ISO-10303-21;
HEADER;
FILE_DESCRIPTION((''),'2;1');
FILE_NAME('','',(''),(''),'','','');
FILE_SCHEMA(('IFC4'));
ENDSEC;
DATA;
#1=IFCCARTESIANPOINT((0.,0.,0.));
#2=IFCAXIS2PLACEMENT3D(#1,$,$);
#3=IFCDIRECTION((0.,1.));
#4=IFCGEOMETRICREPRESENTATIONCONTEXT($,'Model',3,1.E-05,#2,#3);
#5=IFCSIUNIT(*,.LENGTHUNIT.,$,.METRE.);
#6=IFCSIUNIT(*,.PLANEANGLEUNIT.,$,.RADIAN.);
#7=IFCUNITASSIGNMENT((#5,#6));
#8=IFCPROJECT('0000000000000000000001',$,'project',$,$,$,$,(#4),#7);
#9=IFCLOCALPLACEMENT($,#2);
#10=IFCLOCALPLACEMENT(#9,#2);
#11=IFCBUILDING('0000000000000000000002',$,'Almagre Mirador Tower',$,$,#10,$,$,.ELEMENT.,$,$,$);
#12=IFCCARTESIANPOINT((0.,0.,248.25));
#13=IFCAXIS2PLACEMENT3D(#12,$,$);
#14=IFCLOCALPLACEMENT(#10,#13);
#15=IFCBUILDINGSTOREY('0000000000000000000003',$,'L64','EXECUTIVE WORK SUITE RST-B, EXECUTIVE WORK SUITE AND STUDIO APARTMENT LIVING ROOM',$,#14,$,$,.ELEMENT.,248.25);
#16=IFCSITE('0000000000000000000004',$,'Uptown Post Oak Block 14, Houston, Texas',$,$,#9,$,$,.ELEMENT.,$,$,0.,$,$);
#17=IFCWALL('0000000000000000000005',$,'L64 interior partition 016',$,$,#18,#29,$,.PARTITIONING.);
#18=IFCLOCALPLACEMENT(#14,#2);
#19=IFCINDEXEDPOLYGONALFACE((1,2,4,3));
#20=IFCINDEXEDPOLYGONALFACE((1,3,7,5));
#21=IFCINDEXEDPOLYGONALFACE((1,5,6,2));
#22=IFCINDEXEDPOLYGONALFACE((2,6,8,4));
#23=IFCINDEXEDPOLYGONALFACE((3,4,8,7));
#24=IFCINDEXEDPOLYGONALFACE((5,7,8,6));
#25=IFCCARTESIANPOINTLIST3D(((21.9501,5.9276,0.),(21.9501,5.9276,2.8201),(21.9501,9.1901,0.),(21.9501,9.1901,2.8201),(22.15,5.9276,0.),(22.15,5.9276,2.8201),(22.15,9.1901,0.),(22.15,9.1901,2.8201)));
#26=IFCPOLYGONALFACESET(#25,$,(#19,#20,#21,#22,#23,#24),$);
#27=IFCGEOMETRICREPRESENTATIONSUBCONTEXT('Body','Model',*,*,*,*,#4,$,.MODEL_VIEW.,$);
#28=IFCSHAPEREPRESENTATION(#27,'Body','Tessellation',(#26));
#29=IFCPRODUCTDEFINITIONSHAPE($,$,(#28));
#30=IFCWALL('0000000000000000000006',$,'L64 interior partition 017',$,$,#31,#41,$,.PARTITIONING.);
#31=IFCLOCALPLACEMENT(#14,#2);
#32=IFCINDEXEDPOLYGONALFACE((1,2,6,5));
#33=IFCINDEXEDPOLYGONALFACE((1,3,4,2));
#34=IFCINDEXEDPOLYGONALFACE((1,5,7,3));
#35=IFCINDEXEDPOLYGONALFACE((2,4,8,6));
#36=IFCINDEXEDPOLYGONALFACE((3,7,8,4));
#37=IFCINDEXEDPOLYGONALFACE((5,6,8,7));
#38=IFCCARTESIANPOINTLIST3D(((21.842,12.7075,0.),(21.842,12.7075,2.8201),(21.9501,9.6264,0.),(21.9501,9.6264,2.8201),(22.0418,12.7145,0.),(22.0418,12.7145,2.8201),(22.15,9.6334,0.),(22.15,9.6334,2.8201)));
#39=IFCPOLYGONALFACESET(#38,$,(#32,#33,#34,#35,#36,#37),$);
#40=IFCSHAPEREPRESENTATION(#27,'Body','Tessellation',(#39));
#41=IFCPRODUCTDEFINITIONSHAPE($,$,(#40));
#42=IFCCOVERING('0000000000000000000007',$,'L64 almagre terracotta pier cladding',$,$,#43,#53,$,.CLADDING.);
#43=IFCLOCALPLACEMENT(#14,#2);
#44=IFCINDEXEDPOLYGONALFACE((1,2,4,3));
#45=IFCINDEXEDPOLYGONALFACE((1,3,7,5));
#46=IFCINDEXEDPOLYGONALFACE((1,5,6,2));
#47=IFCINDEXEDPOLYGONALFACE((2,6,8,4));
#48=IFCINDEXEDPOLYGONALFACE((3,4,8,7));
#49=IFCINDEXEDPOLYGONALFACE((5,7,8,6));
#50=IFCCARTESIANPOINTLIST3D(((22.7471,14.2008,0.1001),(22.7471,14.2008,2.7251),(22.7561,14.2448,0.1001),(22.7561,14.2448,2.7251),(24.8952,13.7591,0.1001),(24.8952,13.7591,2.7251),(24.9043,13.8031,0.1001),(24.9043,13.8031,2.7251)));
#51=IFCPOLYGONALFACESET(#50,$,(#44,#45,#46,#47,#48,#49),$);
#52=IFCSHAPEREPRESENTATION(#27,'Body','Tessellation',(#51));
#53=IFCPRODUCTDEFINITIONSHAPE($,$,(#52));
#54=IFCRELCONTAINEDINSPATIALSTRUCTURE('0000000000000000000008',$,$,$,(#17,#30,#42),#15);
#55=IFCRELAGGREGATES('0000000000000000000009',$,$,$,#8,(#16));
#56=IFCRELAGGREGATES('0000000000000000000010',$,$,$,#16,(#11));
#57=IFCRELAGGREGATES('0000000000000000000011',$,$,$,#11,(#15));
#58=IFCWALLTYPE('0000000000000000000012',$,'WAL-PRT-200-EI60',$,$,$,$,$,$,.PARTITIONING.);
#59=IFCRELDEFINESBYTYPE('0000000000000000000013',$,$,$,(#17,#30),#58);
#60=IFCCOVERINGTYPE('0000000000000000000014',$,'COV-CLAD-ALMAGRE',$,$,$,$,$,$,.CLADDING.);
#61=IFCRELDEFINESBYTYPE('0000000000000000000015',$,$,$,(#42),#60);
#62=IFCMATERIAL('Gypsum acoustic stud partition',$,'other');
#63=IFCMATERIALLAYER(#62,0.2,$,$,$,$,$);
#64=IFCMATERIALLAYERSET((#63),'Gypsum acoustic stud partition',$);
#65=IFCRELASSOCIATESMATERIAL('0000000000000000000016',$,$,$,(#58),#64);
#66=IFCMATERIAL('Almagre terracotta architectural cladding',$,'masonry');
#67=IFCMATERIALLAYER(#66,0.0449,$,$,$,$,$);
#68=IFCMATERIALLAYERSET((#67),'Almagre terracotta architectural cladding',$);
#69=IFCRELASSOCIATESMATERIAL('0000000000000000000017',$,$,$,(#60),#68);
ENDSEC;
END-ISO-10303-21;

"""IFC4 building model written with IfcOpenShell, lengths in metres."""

from ifc_helpers import new_model, si_unit, direction, frame, frame_2d, origin, origin_2d, place, context, subcontext, project, spatial, rectangle, extrude, material, layer, layer_set, type_object, element, save


model = new_model("IFC4")

# Units and contexts
model_context = context("Model", 3, precision=1e-05, world=origin(), true_north=direction((0.0, 1.0)))
body_context = subcontext(model_context, "Body", "Model", "MODEL_VIEW")
ifc_project = project(units=[si_unit("LENGTHUNIT", "METRE"), si_unit("PLANEANGLEUNIT", "RADIAN")], contexts=[model_context])

# Site, building, storey
site_placement = place(None, origin())
site = spatial("IfcSite", under=ifc_project, at=site_placement, Name="Uptown Post Oak Block 14, Houston, Texas", CompositionType="ELEMENT", RefElevation=0.0)
building_placement = place(site_placement, origin())
building = spatial("IfcBuilding", under=site, at=building_placement, Name="Almagre Mirador Tower", CompositionType="ELEMENT")
storey_placement = place(building_placement, frame((0.0, 0.0, 248.25)))
storey = spatial("IfcBuildingStorey", under=building, at=storey_placement, Name="L64", Description="EXECUTIVE WORK SUITE RST-B, EXECUTIVE WORK SUITE AND STUDIO APARTMENT LIVING ROOM", CompositionType="ELEMENT", Elevation=248.25)

# Walls
ifc_material_1 = material(Name="Gypsum acoustic stud partition", Category="other")
ifc_layer_1 = layer(ifc_material_1, 0.2)
ifc_layer_set_1 = layer_set([ifc_layer_1], Name="Gypsum acoustic stud partition")
wall_type_1 = type_object("IfcWallType", Name="WAL-PRT-200-EI60", PredefinedType="PARTITIONING", material=ifc_layer_set_1)
wall_1_placement = place(storey_placement, frame((22.05, 5.9275, 0.0), z_axis=(0.0, 0.0, 1.0), x_axis=(0.0, 1.0, 0.0)))
element("IfcWall", 1, at=wall_1_placement, inside=storey, type_object=wall_type_1, Name="L64 interior partition 016", PredefinedType="PARTITIONING", context=body_context, shape_type="SweptSolid", body=[
    extrude(rectangle(XDim=3.2625, YDim=0.2, at=frame_2d((1.6313, 0.0))), origin(), (0.0, 0.0, 1.0), 2.8201),
])
wall_2_placement = place(storey_placement, frame((22.05, 9.6299, 0.0), z_axis=(0.0, 0.0, 1.0), x_axis=(-0.035081, 0.999384, 0.0)))
element("IfcWall", 2, at=wall_2_placement, inside=storey, type_object=wall_type_1, Name="L64 interior partition 017", PredefinedType="PARTITIONING", context=body_context, shape_type="SweptSolid", body=[
    extrude(rectangle(XDim=3.083, YDim=0.2, at=frame_2d((1.5415, 0.0))), origin(), (0.0, 0.0, 1.0), 2.8201),
])

# Covering
ifc_material_2 = material(Name="Almagre terracotta architectural cladding", Category="masonry")
ifc_layer_2 = layer(ifc_material_2, 0.0449)
ifc_layer_set_2 = layer_set([ifc_layer_2], Name="Almagre terracotta architectural cladding")
covering_type = type_object("IfcCoveringType", Name="COV-CLAD-ALMAGRE", PredefinedType="CLADDING", material=ifc_layer_set_2)
covering_placement = place(storey_placement, frame((23.8257, 14.002, 0.1001), z_axis=(0.0, 0.0, 1.0), x_axis=(0.979501, -0.201437, 0.0)))
element("IfcCovering", 3, at=covering_placement, inside=storey, type_object=covering_type, Name="L64 almagre terracotta pier cladding", PredefinedType="CLADDING", context=body_context, shape_type="SweptSolid", body=[
    extrude(rectangle(XDim=2.1931, YDim=0.0449, at=origin_2d()), origin(), (0.0, 0.0, 1.0), 2.625),
])

save(model, "model.ifc")
